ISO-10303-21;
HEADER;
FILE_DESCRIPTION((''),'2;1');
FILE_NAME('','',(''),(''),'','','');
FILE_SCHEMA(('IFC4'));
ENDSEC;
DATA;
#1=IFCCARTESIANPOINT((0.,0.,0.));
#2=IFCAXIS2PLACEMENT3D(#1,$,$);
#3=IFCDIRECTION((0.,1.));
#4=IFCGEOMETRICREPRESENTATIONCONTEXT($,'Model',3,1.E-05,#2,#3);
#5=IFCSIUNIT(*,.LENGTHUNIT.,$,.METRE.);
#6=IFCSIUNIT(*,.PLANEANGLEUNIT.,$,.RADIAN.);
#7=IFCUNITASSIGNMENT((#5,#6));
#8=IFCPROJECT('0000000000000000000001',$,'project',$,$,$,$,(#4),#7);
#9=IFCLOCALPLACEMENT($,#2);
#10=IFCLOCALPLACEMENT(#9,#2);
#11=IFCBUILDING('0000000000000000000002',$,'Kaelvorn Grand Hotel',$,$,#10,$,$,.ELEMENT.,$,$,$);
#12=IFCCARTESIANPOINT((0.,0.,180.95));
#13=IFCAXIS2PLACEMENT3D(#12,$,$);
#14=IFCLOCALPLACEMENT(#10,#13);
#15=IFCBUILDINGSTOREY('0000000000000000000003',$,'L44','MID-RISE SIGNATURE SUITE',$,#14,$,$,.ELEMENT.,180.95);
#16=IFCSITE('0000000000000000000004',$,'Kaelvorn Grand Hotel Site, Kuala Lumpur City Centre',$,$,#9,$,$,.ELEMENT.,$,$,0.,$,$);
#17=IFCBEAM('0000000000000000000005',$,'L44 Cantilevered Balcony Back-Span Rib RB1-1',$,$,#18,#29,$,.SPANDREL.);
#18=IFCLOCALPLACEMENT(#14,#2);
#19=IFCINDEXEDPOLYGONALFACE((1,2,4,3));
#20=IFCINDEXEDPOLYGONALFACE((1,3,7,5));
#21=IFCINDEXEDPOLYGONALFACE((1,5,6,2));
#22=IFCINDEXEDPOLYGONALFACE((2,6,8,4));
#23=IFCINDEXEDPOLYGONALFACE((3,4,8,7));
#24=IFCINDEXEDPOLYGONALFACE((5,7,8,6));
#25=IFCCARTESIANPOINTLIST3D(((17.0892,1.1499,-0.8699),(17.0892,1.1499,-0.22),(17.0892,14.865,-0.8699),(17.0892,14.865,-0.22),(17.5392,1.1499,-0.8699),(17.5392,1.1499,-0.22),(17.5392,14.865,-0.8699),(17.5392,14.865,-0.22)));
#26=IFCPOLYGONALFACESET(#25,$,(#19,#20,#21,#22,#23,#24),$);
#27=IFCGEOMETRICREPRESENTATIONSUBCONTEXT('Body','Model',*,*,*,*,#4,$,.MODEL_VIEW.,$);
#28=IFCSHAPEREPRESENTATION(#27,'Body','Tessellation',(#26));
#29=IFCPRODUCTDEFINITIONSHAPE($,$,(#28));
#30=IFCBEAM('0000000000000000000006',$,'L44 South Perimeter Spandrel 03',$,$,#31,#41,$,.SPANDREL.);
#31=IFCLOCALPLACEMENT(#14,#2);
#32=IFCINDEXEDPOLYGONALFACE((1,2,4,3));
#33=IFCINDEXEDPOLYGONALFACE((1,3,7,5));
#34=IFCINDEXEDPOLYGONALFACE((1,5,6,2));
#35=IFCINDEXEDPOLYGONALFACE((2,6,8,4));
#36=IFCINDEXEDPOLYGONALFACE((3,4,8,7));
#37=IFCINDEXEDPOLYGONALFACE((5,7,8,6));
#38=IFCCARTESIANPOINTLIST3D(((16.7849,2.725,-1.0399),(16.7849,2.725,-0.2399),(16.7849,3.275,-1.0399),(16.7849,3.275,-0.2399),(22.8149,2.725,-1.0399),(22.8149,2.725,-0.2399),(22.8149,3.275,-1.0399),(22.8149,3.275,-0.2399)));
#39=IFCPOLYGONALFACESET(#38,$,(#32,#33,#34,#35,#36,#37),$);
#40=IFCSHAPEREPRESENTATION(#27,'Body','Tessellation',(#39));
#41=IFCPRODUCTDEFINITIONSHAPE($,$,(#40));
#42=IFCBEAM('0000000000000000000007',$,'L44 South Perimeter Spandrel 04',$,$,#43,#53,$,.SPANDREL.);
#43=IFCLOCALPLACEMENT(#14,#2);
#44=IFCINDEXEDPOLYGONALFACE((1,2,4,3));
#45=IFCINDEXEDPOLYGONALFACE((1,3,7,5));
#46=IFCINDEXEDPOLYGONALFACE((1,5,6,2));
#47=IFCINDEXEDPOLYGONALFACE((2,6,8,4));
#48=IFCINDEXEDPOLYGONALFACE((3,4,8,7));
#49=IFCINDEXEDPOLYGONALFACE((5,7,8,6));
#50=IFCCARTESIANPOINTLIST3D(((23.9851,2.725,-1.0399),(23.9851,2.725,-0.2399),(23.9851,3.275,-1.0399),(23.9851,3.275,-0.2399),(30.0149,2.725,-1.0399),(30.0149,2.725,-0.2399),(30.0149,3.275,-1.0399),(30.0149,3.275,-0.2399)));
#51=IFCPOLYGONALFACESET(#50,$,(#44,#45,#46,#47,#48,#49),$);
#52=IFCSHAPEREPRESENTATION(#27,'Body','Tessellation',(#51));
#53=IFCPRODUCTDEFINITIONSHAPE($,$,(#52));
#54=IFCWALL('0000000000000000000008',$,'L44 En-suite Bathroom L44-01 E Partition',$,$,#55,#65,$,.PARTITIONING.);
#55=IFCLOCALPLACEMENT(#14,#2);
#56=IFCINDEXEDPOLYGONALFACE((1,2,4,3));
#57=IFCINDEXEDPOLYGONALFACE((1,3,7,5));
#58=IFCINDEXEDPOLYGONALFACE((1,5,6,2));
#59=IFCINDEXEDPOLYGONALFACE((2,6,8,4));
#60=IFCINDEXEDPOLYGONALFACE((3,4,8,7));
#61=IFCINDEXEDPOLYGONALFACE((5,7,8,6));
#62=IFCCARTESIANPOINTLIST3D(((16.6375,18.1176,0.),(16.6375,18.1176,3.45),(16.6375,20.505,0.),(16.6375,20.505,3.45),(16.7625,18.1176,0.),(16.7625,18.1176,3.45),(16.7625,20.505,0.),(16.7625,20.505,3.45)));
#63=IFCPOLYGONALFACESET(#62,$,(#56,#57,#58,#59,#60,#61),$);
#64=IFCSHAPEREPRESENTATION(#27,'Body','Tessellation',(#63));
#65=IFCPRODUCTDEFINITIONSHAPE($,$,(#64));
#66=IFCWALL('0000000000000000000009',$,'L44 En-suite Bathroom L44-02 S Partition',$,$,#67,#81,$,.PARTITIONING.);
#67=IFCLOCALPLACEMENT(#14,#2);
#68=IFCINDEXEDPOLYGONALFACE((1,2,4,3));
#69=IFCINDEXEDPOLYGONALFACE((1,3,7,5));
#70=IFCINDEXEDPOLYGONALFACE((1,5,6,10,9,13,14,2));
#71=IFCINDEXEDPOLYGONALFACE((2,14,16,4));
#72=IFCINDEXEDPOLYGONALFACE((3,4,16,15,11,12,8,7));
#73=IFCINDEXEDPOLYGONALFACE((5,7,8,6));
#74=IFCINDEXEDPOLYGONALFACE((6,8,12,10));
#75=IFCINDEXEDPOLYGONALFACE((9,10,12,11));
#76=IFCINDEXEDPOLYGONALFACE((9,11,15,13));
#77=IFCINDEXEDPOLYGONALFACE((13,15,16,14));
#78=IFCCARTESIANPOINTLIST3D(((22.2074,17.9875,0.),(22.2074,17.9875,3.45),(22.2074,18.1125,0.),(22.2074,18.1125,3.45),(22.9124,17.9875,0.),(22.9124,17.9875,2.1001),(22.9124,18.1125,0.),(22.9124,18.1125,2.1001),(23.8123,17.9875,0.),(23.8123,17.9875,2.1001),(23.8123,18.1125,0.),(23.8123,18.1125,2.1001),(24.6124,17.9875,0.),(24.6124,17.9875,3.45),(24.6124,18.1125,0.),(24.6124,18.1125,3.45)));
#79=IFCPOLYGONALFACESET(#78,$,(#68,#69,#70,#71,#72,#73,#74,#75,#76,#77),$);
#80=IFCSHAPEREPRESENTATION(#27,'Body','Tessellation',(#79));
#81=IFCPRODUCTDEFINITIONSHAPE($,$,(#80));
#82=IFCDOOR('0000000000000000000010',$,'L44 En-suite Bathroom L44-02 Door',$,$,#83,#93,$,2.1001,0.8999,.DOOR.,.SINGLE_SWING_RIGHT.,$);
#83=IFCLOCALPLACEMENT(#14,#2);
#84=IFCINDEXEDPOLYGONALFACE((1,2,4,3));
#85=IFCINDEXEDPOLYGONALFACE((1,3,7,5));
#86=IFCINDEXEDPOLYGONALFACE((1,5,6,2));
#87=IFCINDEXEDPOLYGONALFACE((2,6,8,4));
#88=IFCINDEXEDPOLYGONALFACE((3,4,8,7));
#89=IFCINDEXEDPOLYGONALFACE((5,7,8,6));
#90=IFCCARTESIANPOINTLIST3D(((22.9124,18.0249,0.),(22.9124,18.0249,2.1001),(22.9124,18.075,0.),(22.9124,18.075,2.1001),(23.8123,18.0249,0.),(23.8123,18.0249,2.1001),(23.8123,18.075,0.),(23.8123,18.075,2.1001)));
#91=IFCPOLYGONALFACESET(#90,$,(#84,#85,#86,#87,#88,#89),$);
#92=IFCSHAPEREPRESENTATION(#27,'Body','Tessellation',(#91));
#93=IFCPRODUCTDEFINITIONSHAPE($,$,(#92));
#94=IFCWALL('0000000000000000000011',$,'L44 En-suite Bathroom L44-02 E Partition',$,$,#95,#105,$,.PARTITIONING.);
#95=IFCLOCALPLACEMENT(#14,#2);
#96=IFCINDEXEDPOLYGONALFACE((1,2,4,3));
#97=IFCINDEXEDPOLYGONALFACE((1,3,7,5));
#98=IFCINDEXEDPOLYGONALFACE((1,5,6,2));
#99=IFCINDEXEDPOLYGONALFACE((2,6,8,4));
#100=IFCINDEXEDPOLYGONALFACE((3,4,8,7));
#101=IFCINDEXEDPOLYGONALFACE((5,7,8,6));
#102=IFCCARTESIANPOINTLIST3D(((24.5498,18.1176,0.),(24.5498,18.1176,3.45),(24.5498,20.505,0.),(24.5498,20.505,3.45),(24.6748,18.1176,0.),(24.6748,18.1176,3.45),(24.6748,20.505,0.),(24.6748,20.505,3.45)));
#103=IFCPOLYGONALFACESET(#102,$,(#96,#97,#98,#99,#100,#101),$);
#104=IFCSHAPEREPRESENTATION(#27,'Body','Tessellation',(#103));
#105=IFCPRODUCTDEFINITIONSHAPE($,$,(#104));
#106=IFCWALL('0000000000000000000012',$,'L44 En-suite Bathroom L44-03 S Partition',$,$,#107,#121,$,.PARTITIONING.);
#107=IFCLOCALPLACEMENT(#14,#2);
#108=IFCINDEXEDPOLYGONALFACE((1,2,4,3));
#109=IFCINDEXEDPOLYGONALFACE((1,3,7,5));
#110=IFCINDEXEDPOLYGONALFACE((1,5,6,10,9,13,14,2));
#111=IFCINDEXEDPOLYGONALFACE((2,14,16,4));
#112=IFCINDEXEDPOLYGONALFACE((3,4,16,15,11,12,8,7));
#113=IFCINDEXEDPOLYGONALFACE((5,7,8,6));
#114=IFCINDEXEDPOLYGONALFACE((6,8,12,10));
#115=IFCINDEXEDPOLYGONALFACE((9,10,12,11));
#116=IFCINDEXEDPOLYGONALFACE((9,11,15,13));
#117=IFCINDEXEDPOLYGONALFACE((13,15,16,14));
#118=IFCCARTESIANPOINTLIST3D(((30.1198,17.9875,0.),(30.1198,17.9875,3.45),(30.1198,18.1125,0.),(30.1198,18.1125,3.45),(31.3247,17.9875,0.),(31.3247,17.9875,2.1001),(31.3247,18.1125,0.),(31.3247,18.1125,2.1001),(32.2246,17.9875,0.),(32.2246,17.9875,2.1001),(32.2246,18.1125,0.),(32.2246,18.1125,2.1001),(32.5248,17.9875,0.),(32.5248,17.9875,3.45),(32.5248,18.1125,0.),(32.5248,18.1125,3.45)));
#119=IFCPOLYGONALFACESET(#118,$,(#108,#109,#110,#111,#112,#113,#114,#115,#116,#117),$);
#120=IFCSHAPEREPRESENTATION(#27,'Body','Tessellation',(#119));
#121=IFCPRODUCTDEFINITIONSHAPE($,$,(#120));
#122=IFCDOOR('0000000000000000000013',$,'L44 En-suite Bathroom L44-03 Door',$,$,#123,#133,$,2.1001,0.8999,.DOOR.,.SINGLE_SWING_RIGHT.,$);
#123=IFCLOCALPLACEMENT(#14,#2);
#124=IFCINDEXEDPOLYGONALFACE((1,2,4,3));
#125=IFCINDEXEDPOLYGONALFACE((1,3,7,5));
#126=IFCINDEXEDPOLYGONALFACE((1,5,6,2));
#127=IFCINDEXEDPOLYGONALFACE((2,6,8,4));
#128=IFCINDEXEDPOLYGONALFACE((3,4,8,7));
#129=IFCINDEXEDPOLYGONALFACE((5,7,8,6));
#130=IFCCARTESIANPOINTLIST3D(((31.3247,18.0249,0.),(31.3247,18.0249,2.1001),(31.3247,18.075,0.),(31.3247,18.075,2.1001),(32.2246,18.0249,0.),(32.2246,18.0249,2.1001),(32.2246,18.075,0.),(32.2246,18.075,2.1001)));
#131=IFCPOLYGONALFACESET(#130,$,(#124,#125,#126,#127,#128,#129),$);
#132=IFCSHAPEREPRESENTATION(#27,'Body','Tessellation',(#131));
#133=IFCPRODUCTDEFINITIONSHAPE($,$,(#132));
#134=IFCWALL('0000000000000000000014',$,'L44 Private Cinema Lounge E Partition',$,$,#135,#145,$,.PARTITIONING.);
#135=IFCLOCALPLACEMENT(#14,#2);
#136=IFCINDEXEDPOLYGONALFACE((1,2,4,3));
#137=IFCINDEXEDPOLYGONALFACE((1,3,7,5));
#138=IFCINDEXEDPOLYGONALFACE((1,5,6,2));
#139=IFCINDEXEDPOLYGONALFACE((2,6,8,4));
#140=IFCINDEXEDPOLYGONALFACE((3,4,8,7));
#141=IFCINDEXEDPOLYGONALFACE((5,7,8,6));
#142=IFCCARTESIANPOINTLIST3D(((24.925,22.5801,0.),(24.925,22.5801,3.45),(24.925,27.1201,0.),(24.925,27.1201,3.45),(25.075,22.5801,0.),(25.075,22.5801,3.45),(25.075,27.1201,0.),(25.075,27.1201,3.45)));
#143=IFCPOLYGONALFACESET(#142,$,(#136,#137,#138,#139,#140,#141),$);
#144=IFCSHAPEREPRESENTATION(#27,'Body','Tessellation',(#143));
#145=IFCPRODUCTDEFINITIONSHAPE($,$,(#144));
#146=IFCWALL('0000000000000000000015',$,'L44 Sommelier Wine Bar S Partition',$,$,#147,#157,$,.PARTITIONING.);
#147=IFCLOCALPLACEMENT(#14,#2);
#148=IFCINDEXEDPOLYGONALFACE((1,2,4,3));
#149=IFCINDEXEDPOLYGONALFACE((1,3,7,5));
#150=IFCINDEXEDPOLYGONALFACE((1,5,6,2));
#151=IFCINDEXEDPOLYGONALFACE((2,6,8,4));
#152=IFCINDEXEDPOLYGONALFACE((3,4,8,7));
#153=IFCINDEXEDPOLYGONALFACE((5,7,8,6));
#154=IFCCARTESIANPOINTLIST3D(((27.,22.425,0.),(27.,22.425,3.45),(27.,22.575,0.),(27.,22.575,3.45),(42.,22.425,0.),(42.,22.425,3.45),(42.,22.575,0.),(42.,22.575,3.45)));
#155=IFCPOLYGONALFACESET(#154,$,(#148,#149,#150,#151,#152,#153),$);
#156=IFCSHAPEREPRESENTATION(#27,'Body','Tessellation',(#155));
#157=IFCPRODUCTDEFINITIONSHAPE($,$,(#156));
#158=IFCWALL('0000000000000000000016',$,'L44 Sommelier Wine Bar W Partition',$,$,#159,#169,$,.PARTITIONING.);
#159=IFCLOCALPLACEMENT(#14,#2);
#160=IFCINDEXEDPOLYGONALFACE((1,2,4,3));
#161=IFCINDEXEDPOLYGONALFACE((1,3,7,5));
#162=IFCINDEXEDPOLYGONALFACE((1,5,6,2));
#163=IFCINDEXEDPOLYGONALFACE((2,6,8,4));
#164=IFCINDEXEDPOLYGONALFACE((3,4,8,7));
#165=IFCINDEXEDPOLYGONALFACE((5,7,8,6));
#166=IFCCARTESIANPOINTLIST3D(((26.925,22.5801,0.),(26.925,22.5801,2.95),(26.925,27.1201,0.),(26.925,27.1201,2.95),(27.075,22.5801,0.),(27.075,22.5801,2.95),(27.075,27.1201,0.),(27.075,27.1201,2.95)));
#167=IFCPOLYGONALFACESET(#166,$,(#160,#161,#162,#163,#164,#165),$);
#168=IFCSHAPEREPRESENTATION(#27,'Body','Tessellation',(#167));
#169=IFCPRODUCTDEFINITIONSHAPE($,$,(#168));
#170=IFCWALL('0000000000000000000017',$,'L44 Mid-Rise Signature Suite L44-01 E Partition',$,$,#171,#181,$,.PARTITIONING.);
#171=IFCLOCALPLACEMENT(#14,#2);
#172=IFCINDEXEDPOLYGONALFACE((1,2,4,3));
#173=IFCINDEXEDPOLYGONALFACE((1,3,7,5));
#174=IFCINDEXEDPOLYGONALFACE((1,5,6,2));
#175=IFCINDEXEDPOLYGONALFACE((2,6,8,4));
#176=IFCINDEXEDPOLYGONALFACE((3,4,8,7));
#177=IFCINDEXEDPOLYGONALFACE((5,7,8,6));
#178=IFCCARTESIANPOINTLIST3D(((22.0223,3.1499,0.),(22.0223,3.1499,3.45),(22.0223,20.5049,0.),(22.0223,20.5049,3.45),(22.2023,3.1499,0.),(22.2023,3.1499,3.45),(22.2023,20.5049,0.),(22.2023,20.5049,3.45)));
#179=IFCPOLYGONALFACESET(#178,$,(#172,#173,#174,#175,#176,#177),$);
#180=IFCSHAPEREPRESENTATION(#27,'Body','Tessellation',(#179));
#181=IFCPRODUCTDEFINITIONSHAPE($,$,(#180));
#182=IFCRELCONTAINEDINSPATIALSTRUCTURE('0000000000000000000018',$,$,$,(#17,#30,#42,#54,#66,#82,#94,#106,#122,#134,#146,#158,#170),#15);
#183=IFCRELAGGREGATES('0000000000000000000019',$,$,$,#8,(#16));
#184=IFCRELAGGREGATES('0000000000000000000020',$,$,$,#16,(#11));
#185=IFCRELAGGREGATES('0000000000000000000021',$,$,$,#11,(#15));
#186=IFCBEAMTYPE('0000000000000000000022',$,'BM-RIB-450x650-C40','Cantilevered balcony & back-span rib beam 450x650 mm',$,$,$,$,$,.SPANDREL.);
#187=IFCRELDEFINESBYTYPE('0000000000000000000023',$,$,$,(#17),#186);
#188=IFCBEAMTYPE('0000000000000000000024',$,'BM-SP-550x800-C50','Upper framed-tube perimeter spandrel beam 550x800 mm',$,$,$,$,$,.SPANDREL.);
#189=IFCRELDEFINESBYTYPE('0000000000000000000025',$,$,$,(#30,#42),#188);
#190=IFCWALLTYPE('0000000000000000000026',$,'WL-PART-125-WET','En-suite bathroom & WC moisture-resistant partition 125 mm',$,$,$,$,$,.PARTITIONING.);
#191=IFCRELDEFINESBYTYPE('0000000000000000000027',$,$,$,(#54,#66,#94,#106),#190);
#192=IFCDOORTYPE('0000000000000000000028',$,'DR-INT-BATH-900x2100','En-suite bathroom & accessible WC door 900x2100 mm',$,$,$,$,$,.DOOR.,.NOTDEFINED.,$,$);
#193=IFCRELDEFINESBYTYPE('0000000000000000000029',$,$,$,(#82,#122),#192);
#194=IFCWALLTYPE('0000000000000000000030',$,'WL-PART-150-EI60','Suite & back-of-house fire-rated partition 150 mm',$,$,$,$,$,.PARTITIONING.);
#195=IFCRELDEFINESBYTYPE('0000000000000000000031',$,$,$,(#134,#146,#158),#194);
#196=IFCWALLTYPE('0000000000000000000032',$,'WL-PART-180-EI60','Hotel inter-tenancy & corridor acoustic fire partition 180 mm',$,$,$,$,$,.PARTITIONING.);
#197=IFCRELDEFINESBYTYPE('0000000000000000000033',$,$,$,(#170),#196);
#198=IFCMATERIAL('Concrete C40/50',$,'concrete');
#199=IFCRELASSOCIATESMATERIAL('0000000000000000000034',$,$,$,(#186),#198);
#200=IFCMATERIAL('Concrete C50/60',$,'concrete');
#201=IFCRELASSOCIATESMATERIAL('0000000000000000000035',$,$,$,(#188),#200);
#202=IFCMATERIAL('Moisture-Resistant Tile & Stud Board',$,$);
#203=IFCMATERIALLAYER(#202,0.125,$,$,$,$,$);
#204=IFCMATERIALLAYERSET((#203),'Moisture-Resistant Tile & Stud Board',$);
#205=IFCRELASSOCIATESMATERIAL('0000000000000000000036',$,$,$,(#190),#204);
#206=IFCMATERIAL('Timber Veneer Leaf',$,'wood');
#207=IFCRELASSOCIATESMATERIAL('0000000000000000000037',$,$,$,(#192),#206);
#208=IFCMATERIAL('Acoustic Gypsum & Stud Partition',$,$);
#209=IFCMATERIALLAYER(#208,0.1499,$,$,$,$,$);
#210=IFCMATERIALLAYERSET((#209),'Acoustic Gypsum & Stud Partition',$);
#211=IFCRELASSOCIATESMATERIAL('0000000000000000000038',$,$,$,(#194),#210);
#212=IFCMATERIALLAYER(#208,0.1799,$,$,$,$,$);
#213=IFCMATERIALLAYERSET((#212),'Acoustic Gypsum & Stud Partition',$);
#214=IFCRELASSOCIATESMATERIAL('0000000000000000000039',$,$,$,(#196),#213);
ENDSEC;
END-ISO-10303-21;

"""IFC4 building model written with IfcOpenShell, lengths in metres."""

from ifc_helpers import new_model, si_unit, direction, frame, frame_2d, origin, origin_2d, place, context, subcontext, project, spatial, rectangle, extrude, material, layer, layer_set, material_profile, profile_set, type_object, element, fill, save


model = new_model("IFC4")

# Units and contexts
model_context = context("Model", 3, precision=1e-05, world=origin(), true_north=direction((0.0, 1.0)))
body_context = subcontext(model_context, "Body", "Model", "MODEL_VIEW")
ifc_project = project(units=[si_unit("LENGTHUNIT", "METRE"), si_unit("PLANEANGLEUNIT", "RADIAN")], contexts=[model_context])

# Site, building, storey
site_placement = place(None, origin())
site = spatial("IfcSite", under=ifc_project, at=site_placement, Name="Kaelvorn Grand Hotel Site, Kuala Lumpur City Centre", CompositionType="ELEMENT", RefElevation=0.0)
building_placement = place(site_placement, origin())
building = spatial("IfcBuilding", under=site, at=building_placement, Name="Kaelvorn Grand Hotel", CompositionType="ELEMENT")
storey_placement = place(building_placement, frame((0.0, 0.0, 180.95)))
storey = spatial("IfcBuildingStorey", under=building, at=storey_placement, Name="L44", Description="MID-RISE SIGNATURE SUITE", CompositionType="ELEMENT", Elevation=180.95)

# Beams
ifc_material_1 = material(Name="Concrete C40/50", Category="concrete")
ifc_material_profile_1 = material_profile(ifc_material_1, rectangle(XDim=0.45, YDim=0.6499, at=origin_2d()), Name="RC RIB 450x650")
ifc_profile_set_1 = profile_set([ifc_material_profile_1], Name="Concrete C40/50")
beam_type_1 = type_object("IfcBeamType", Name="BM-RIB-450x650-C40", Description="Cantilevered balcony & back-span rib beam 450x650 mm", PredefinedType="SPANDREL", material=ifc_profile_set_1)
beam_1_placement = place(storey_placement, frame((17.3142, 1.1499, -0.5449), z_axis=(0.0, 1.0, 0.0), x_axis=(-1.0, 0.0, 0.0)))
element("IfcBeam", 1, at=beam_1_placement, inside=storey, type_object=beam_type_1, Name="L44 Cantilevered Balcony Back-Span Rib RB1-1", PredefinedType="SPANDREL", context=body_context, shape_type="SweptSolid", body=[
    extrude(rectangle(XDim=0.45, YDim=0.6499, at=origin_2d()), origin(), (0.0, 0.0, 1.0), 13.7151),
])
ifc_material_2 = material(Name="Concrete C50/60", Category="concrete")
ifc_material_profile_2 = material_profile(ifc_material_2, rectangle(XDim=0.55, YDim=0.8, at=origin_2d()), Name="RC SPANDREL 550x800")
ifc_profile_set_2 = profile_set([ifc_material_profile_2], Name="Concrete C50/60")
beam_type_2 = type_object("IfcBeamType", Name="BM-SP-550x800-C50", Description="Upper framed-tube perimeter spandrel beam 550x800 mm", PredefinedType="SPANDREL", material=ifc_profile_set_2)
beam_2_placement = place(storey_placement, frame((16.7849, 3.0, -0.6399), z_axis=(1.0, 0.0, 0.0), x_axis=(0.0, 1.0, 0.0)))
element("IfcBeam", 2, at=beam_2_placement, inside=storey, type_object=beam_type_2, Name="L44 South Perimeter Spandrel 03", PredefinedType="SPANDREL", context=body_context, shape_type="SweptSolid", body=[
    extrude(rectangle(XDim=0.55, YDim=0.8, at=origin_2d()), origin(), (0.0, 0.0, 1.0), 6.03),
])
beam_3_placement = place(storey_placement, frame((23.9851, 3.0, -0.6399), z_axis=(1.0, 0.0, 0.0), x_axis=(0.0, 1.0, 0.0)))
element("IfcBeam", 3, at=beam_3_placement, inside=storey, type_object=beam_type_2, Name="L44 South Perimeter Spandrel 04", PredefinedType="SPANDREL", context=body_context, shape_type="SweptSolid", body=[
    extrude(rectangle(XDim=0.55, YDim=0.8, at=origin_2d()), origin(), (0.0, 0.0, 1.0), 6.0298),
])

# Wall
ifc_material_3 = material(Name="Moisture-Resistant Tile & Stud Board")
ifc_layer_1 = layer(ifc_material_3, 0.125)
ifc_layer_set_1 = layer_set([ifc_layer_1], Name="Moisture-Resistant Tile & Stud Board")
wall_type_1 = type_object("IfcWallType", Name="WL-PART-125-WET", Description="En-suite bathroom & WC moisture-resistant partition 125 mm", PredefinedType="PARTITIONING", material=ifc_layer_set_1)
wall_1_placement = place(storey_placement, frame((16.7, 18.1174, 0.0), z_axis=(0.0, 0.0, 1.0), x_axis=(0.0, 1.0, 0.0)))
element("IfcWall", 4, at=wall_1_placement, inside=storey, type_object=wall_type_1, Name="L44 En-suite Bathroom L44-01 E Partition", PredefinedType="PARTITIONING", context=body_context, shape_type="SweptSolid", body=[
    extrude(rectangle(XDim=2.3875, YDim=0.125, at=frame_2d((1.1938, 0.0))), origin(), (0.0, 0.0, 1.0), 3.45),
])

# Wall, opening, door
wall_2_placement = place(storey_placement, frame((22.2073, 18.05, 0.0), z_axis=(0.0, 0.0, 1.0), x_axis=(1.0, 0.0, 0.0)))
wall_2 = element("IfcWall", 5, at=wall_2_placement, inside=storey, type_object=wall_type_1, Name="L44 En-suite Bathroom L44-02 S Partition", PredefinedType="PARTITIONING", context=body_context, shape_type="SweptSolid", body=[
    extrude(rectangle(XDim=2.405, YDim=0.125, at=frame_2d((1.2026, 0.0))), origin(), (0.0, 0.0, 1.0), 3.45),
])
opening_1_placement = place(wall_2_placement, frame((0.7051, 0.0, 0.0)))
opening_1 = element("IfcOpeningElement", 6, at=opening_1_placement, cuts=wall_2, PredefinedType="OPENING", context=body_context, shape_type="SweptSolid", body=[
    extrude(rectangle(XDim=0.8999, YDim=2.1001, at=frame_2d((0.45, 1.05))), frame((0.0, 0.0725, 0.0), z_axis=(0.0, -1.0, 0.0), x_axis=(1.0, 0.0, 0.0)), (0.0, 0.0, 1.0), 0.145),
])
ifc_material_4 = material(Name="Timber Veneer Leaf", Category="wood")
door_type_1 = type_object("IfcDoorType", Name="DR-INT-BATH-900x2100", Description="En-suite bathroom & accessible WC door 900x2100 mm", OperationType="NOTDEFINED", PredefinedType="DOOR", material=ifc_material_4)
door_1_placement = place(opening_1_placement, origin())
door_1 = element("IfcDoor", 7, at=door_1_placement, inside=storey, type_object=door_type_1, Name="L44 En-suite Bathroom L44-02 Door", OperationType="SINGLE_SWING_RIGHT", OverallHeight=2.1001, OverallWidth=0.8999, PredefinedType="DOOR", context=body_context, shape_type="SweptSolid", body=[
    extrude(rectangle(XDim=0.8999, YDim=2.1001, at=frame_2d((0.45, 1.05))), frame((0.0, 0.0249, 0.0), z_axis=(0.0, -1.0, 0.0), x_axis=(1.0, 0.0, 0.0)), (0.0, 0.0, 1.0), 0.05),
])
fill(opening_1, door_1)

# Wall
wall_3_placement = place(storey_placement, frame((24.6123, 18.1174, 0.0), z_axis=(0.0, 0.0, 1.0), x_axis=(0.0, 1.0, 0.0)))
element("IfcWall", 8, at=wall_3_placement, inside=storey, type_object=wall_type_1, Name="L44 En-suite Bathroom L44-02 E Partition", PredefinedType="PARTITIONING", context=body_context, shape_type="SweptSolid", body=[
    extrude(rectangle(XDim=2.3875, YDim=0.125, at=frame_2d((1.1938, 0.0))), origin(), (0.0, 0.0, 1.0), 3.45),
])

# Wall, opening, door
wall_4_placement = place(storey_placement, frame((30.1196, 18.05, 0.0), z_axis=(0.0, 0.0, 1.0), x_axis=(1.0, 0.0, 0.0)))
wall_4 = element("IfcWall", 9, at=wall_4_placement, inside=storey, type_object=wall_type_1, Name="L44 En-suite Bathroom L44-03 S Partition", PredefinedType="PARTITIONING", context=body_context, shape_type="SweptSolid", body=[
    extrude(rectangle(XDim=2.405, YDim=0.125, at=frame_2d((1.2026, 0.0))), origin(), (0.0, 0.0, 1.0), 3.45),
])
opening_2_placement = place(wall_4_placement, frame((1.2051, 0.0, 0.0)))
opening_2 = element("IfcOpeningElement", 10, at=opening_2_placement, cuts=wall_4, PredefinedType="OPENING", context=body_context, shape_type="SweptSolid", body=[
    extrude(rectangle(XDim=0.8999, YDim=2.1001, at=frame_2d((0.45, 1.05))), frame((0.0, 0.0725, 0.0), z_axis=(0.0, -1.0, 0.0), x_axis=(1.0, 0.0, 0.0)), (0.0, 0.0, 1.0), 0.145),
])
door_2_placement = place(opening_2_placement, origin())
door_2 = element("IfcDoor", 11, at=door_2_placement, inside=storey, type_object=door_type_1, Name="L44 En-suite Bathroom L44-03 Door", OperationType="SINGLE_SWING_RIGHT", OverallHeight=2.1001, OverallWidth=0.8999, PredefinedType="DOOR", context=body_context, shape_type="SweptSolid", body=[
    extrude(rectangle(XDim=0.8999, YDim=2.1001, at=frame_2d((0.45, 1.05))), frame((0.0, 0.0249, 0.0), z_axis=(0.0, -1.0, 0.0), x_axis=(1.0, 0.0, 0.0)), (0.0, 0.0, 1.0), 0.05),
])
fill(opening_2, door_2)

# Walls
ifc_material_5 = material(Name="Acoustic Gypsum & Stud Partition")
ifc_layer_2 = layer(ifc_material_5, 0.1499)
ifc_layer_set_2 = layer_set([ifc_layer_2], Name="Acoustic Gypsum & Stud Partition")
wall_type_2 = type_object("IfcWallType", Name="WL-PART-150-EI60", Description="Suite & back-of-house fire-rated partition 150 mm", PredefinedType="PARTITIONING", material=ifc_layer_set_2)
wall_5_placement = place(storey_placement, frame((25.0, 22.5801, 0.0), z_axis=(0.0, 0.0, 1.0), x_axis=(0.0, 1.0, 0.0)))
element("IfcWall", 12, at=wall_5_placement, inside=storey, type_object=wall_type_2, Name="L44 Private Cinema Lounge E Partition", PredefinedType="PARTITIONING", context=body_context, shape_type="SweptSolid", body=[
    extrude(rectangle(XDim=4.54, YDim=0.1499, at=frame_2d((2.27, 0.0))), origin(), (0.0, 0.0, 1.0), 3.45),
])
wall_6_placement = place(storey_placement, frame((27.0, 22.5, 0.0), z_axis=(0.0, 0.0, 1.0), x_axis=(1.0, 0.0, 0.0)))
element("IfcWall", 13, at=wall_6_placement, inside=storey, type_object=wall_type_2, Name="L44 Sommelier Wine Bar S Partition", PredefinedType="PARTITIONING", context=body_context, shape_type="SweptSolid", body=[
    extrude(rectangle(XDim=15.0, YDim=0.1499, at=frame_2d((7.5, 0.0))), origin(), (0.0, 0.0, 1.0), 3.45),
])
wall_7_placement = place(storey_placement, frame((27.0, 22.5801, 0.0), z_axis=(0.0, 0.0, 1.0), x_axis=(0.0, 1.0, 0.0)))
element("IfcWall", 14, at=wall_7_placement, inside=storey, type_object=wall_type_2, Name="L44 Sommelier Wine Bar W Partition", PredefinedType="PARTITIONING", context=body_context, shape_type="SweptSolid", body=[
    extrude(rectangle(XDim=4.54, YDim=0.1499, at=frame_2d((2.27, 0.0))), origin(), (0.0, 0.0, 1.0), 2.95),
])
ifc_layer_3 = layer(ifc_material_5, 0.1799)
ifc_layer_set_3 = layer_set([ifc_layer_3], Name="Acoustic Gypsum & Stud Partition")
wall_type_3 = type_object("IfcWallType", Name="WL-PART-180-EI60", Description="Hotel inter-tenancy & corridor acoustic fire partition 180 mm", PredefinedType="PARTITIONING", material=ifc_layer_set_3)
wall_8_placement = place(storey_placement, frame((22.1123, 3.1499, 0.0), z_axis=(0.0, 0.0, 1.0), x_axis=(0.0, 1.0, 0.0)))
element("IfcWall", 15, at=wall_8_placement, inside=storey, type_object=wall_type_3, Name="L44 Mid-Rise Signature Suite L44-01 E Partition", PredefinedType="PARTITIONING", context=body_context, shape_type="SweptSolid", body=[
    extrude(rectangle(XDim=17.355, YDim=0.1799, at=frame_2d((8.6775, 0.0))), origin(), (0.0, 0.0, 1.0), 3.45),
])

save(model, "model.ifc")
